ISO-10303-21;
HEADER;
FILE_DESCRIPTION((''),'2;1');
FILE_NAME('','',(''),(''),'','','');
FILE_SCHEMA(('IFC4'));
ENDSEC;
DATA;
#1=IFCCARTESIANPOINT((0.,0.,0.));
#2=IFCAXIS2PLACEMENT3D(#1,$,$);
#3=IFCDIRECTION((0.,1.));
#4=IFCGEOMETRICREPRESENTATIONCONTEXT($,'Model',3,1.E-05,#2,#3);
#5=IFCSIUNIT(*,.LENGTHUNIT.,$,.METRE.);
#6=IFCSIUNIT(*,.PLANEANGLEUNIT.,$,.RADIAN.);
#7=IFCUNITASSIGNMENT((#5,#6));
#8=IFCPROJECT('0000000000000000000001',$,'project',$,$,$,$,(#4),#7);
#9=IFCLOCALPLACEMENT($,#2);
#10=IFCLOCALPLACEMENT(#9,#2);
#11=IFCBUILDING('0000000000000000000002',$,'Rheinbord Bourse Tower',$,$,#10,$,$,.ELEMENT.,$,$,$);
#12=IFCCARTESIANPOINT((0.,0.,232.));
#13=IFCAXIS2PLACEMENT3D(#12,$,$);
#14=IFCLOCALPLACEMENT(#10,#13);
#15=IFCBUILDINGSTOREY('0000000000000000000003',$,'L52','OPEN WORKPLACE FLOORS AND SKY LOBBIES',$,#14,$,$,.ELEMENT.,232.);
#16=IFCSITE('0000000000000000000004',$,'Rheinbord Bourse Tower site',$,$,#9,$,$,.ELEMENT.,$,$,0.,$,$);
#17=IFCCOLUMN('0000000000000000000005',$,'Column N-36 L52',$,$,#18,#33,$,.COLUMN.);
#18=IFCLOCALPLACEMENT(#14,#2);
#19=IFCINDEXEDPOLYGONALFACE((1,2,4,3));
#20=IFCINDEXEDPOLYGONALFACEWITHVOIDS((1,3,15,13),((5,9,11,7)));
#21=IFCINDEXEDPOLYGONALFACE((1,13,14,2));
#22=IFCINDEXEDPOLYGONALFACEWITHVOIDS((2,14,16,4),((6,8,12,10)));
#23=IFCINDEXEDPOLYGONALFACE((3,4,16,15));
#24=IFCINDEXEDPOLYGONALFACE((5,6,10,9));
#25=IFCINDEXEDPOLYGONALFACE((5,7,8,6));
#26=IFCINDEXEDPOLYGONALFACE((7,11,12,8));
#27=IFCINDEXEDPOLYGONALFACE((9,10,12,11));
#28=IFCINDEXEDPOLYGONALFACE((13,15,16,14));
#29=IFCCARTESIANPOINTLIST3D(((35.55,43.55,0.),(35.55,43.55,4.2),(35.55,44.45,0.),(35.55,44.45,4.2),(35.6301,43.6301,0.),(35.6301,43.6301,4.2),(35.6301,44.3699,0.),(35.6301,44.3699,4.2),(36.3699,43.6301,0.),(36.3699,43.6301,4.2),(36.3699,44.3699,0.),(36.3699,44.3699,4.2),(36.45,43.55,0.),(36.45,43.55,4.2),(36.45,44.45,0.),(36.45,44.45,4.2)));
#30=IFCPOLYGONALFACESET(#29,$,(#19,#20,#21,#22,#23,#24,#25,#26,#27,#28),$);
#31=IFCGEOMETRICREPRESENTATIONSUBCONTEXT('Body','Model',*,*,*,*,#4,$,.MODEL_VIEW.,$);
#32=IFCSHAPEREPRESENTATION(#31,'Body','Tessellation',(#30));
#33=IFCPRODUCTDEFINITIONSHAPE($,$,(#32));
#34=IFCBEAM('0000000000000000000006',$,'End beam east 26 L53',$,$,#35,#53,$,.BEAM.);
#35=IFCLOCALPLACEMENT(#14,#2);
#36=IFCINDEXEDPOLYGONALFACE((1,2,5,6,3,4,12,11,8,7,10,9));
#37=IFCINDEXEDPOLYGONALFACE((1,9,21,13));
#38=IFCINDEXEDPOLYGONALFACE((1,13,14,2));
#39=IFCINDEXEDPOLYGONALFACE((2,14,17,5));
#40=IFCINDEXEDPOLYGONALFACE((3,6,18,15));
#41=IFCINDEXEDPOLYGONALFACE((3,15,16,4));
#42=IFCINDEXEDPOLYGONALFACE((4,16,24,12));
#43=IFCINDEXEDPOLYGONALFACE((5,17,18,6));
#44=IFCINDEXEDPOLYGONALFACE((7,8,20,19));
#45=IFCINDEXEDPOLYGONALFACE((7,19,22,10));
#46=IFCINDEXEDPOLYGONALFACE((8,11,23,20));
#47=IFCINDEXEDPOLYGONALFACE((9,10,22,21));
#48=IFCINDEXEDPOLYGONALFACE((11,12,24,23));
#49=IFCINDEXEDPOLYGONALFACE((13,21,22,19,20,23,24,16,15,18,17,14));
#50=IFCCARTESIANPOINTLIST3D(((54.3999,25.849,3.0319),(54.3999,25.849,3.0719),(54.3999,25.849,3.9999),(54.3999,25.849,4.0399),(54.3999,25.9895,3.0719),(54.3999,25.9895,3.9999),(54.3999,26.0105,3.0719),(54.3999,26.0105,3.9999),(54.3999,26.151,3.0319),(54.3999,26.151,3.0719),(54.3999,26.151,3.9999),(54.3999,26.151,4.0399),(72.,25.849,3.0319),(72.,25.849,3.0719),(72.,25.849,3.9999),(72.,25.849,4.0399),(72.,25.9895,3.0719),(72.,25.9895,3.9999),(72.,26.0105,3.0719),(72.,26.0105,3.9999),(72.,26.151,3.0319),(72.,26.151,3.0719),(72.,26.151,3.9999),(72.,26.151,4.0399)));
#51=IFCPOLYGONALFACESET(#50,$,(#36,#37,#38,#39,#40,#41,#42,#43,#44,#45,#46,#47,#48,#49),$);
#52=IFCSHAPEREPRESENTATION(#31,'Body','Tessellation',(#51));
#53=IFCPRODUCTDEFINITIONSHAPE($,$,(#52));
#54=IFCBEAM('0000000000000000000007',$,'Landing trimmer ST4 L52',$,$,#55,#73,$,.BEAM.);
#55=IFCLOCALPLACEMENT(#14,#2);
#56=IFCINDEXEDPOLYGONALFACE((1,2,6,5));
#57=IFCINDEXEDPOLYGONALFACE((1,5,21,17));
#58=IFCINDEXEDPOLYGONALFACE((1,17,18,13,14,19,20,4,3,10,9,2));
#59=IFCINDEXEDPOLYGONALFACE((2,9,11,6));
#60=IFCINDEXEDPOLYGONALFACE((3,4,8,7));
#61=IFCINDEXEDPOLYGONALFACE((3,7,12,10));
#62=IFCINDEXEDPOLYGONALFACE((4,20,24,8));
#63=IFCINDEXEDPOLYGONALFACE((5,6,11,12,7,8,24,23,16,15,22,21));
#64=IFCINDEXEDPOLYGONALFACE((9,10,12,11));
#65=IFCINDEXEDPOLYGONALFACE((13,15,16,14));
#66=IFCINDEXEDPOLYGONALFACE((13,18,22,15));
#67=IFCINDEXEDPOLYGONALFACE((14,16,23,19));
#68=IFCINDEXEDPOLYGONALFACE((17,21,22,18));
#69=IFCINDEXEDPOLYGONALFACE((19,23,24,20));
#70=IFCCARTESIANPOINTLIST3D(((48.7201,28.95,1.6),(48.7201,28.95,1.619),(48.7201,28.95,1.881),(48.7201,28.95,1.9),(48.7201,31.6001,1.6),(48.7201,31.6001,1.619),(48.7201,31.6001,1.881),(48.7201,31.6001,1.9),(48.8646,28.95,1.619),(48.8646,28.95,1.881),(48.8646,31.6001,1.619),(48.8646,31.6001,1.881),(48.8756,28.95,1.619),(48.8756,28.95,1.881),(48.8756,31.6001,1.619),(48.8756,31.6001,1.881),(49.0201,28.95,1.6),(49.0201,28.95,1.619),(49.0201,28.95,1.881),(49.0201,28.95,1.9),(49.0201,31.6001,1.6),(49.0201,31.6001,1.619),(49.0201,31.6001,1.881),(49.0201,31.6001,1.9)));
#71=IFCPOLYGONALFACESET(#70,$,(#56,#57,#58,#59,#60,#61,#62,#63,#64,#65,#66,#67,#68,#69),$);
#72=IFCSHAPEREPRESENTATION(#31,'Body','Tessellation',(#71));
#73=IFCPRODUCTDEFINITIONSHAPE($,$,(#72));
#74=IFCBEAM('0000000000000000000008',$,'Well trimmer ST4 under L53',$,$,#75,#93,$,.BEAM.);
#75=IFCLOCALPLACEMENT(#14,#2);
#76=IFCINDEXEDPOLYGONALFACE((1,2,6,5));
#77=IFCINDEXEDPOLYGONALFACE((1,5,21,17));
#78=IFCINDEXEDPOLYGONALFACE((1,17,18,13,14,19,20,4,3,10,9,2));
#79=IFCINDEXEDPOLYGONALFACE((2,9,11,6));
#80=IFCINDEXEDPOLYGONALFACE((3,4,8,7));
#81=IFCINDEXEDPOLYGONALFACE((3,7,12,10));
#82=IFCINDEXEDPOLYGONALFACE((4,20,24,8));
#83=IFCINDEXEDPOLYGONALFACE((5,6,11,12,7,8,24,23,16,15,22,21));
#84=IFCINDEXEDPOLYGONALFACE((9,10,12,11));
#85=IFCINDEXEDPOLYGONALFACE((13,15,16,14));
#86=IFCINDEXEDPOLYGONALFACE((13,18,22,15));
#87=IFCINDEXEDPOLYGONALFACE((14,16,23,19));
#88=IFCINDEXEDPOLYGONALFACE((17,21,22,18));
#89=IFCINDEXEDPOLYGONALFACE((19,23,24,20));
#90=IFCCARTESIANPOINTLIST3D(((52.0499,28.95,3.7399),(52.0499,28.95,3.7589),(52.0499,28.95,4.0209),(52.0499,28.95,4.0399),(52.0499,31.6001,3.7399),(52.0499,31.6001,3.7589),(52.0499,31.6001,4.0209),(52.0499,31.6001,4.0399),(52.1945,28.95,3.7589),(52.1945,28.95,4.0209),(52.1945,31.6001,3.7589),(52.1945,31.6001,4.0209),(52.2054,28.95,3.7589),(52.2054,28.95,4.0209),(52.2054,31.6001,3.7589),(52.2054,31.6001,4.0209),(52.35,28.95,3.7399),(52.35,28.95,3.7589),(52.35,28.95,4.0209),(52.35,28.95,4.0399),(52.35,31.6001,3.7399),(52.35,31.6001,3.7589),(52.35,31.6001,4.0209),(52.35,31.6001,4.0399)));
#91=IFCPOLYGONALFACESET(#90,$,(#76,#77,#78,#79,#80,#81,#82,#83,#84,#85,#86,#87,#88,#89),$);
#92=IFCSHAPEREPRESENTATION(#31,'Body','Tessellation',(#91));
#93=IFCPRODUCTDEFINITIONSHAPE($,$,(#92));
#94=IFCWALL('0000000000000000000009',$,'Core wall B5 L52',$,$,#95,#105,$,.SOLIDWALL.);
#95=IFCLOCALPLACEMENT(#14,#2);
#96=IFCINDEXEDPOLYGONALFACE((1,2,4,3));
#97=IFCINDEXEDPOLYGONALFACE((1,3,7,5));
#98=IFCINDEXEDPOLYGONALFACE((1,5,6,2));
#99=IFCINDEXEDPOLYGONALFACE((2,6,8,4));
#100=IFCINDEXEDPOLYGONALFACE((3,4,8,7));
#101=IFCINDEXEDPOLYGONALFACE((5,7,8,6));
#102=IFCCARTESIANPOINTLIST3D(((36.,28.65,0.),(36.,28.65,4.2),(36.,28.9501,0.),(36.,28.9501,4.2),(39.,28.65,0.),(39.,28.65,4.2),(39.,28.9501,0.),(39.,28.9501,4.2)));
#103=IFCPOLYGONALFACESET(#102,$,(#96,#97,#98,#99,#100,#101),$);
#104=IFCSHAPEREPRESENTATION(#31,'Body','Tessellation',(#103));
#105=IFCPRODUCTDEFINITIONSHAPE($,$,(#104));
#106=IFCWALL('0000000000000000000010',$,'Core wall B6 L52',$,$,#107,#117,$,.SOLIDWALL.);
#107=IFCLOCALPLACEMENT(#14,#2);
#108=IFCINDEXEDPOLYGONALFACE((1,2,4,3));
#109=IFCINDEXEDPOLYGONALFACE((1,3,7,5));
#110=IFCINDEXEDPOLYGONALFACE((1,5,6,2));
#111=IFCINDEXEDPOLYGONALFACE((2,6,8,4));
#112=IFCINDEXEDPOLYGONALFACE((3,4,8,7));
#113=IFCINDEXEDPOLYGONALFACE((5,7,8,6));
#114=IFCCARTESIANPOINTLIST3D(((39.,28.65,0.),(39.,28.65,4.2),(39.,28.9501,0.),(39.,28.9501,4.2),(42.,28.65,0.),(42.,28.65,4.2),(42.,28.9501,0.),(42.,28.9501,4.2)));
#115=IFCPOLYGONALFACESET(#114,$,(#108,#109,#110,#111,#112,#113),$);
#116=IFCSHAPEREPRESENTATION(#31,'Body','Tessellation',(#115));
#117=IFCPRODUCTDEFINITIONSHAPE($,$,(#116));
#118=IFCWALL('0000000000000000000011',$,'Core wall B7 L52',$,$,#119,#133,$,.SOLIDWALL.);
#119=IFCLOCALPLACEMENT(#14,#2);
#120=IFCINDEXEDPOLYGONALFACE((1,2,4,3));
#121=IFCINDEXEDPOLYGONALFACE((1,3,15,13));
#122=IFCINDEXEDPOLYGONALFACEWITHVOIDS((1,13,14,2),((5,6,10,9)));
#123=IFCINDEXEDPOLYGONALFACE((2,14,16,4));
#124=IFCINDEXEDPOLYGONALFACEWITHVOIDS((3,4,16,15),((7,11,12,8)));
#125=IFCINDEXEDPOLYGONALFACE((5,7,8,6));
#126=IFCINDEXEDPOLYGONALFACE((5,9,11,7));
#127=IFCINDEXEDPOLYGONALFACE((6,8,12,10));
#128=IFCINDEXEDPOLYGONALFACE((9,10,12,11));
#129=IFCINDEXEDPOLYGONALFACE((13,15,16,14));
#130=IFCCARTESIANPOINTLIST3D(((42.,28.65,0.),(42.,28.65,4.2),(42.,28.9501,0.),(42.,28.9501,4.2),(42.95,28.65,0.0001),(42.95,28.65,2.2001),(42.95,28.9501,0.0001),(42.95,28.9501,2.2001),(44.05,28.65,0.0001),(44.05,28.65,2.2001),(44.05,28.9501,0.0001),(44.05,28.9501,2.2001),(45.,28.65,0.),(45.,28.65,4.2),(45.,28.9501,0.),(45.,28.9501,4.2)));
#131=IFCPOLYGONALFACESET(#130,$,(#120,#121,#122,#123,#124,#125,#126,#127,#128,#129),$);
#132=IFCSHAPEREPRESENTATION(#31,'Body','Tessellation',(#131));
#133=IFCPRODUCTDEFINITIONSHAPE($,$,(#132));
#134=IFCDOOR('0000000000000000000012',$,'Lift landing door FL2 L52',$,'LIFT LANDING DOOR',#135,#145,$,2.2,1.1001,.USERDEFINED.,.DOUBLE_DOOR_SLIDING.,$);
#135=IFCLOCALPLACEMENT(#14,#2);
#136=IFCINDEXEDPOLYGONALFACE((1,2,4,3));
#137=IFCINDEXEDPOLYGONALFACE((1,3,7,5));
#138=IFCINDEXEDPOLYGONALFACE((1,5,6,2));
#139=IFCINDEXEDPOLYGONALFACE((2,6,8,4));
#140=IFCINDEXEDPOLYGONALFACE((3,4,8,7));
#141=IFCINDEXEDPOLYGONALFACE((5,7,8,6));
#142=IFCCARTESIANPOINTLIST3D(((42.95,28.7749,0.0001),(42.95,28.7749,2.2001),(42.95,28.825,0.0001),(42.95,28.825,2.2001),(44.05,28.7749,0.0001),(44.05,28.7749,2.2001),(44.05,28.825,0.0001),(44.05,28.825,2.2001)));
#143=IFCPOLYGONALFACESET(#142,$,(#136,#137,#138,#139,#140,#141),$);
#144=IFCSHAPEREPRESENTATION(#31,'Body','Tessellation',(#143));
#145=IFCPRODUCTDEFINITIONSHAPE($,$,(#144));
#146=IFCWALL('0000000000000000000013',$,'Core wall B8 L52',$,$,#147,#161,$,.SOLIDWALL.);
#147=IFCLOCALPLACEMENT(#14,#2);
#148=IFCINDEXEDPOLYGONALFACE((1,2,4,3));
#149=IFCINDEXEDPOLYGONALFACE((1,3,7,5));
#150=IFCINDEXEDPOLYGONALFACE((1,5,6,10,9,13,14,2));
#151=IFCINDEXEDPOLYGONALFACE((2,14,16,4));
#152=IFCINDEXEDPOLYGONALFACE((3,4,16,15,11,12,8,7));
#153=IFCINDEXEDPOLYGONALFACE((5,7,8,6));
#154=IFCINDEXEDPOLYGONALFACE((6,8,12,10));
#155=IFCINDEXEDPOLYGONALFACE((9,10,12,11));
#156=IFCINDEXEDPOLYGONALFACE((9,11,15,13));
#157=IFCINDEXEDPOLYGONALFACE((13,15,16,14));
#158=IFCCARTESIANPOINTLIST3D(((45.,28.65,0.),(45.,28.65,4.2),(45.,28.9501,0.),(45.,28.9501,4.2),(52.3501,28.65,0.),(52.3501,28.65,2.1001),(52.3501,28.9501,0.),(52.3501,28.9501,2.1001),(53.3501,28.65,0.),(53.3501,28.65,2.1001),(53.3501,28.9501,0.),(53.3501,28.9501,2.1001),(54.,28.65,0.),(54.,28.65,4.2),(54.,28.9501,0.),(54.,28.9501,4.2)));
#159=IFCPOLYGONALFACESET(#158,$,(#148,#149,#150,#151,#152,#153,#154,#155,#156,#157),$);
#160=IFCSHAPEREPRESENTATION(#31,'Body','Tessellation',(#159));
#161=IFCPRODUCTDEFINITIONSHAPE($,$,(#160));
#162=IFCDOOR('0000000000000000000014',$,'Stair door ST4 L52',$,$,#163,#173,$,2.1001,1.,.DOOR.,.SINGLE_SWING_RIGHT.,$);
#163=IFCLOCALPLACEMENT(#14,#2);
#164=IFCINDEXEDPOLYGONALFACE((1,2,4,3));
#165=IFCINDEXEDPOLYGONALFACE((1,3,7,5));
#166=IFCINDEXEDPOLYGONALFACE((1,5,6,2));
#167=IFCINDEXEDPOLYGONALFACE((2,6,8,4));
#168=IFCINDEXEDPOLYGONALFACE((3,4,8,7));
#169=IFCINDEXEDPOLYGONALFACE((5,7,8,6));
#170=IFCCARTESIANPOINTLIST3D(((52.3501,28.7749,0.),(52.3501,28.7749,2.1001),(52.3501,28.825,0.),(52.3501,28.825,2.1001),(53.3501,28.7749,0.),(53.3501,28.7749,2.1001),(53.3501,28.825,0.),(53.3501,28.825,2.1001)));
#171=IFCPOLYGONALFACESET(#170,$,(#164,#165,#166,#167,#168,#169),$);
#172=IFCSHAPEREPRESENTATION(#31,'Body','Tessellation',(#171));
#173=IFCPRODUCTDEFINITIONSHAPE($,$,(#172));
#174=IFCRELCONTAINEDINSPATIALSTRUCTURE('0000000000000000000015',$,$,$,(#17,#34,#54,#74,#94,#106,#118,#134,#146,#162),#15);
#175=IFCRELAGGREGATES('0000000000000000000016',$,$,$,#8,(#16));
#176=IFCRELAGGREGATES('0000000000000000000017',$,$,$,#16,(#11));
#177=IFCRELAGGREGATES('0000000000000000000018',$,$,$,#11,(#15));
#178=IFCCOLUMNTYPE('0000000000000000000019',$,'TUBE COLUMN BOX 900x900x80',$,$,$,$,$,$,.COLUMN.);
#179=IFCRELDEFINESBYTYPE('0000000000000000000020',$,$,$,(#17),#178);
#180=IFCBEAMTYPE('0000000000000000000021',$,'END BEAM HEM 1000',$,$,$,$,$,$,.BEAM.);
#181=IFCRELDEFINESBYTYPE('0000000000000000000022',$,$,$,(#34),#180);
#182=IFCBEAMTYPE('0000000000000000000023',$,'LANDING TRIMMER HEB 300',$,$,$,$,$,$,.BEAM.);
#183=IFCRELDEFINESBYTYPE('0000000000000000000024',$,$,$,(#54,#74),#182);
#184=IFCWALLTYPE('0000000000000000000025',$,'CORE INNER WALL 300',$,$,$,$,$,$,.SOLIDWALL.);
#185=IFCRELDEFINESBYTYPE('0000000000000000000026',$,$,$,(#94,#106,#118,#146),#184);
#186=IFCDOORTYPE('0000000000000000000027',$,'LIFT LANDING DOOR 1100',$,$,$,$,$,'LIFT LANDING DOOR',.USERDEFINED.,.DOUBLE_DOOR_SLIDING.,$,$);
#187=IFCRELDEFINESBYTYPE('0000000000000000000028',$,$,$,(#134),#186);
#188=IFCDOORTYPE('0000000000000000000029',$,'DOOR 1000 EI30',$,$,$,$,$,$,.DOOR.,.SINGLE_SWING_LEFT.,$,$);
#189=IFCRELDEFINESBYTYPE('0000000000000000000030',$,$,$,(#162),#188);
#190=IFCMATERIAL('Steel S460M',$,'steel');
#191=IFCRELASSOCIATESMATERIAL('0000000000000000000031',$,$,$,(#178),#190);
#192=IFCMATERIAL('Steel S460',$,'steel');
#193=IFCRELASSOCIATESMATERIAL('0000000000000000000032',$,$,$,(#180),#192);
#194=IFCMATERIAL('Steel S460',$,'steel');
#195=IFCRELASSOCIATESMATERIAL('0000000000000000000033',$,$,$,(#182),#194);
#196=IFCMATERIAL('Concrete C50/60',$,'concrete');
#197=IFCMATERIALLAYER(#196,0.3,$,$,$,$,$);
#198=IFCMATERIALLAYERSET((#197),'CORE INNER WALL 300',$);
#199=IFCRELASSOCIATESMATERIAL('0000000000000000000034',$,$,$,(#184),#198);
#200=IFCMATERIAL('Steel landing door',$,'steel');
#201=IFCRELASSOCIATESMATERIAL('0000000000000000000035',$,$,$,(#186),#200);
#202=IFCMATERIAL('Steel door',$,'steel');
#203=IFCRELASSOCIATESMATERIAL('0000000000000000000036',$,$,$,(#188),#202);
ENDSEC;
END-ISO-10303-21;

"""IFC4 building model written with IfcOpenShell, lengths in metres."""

from ifc_helpers import new_model, si_unit, direction, frame, frame_2d, origin, origin_2d, place, context, subcontext, project, spatial, rectangle, hollow_rectangle, i_section, extrude, material, layer, layer_set, material_profile, profile_set, type_object, element, fill, save


model = new_model("IFC4")

# Units and contexts
model_context = context("Model", 3, precision=1e-05, world=origin(), true_north=direction((0.0, 1.0)))
body_context = subcontext(model_context, "Body", "Model", "MODEL_VIEW")
ifc_project = project(units=[si_unit("LENGTHUNIT", "METRE"), si_unit("PLANEANGLEUNIT", "RADIAN")], contexts=[model_context])

# Site, building, storey
site_placement = place(None, origin())
site = spatial("IfcSite", under=ifc_project, at=site_placement, Name="Rheinbord Bourse Tower site", CompositionType="ELEMENT", RefElevation=0.0)
building_placement = place(site_placement, origin())
building = spatial("IfcBuilding", under=site, at=building_placement, Name="Rheinbord Bourse Tower", CompositionType="ELEMENT")
storey_placement = place(building_placement, frame((0.0, 0.0, 232.0)))
storey = spatial("IfcBuildingStorey", under=building, at=storey_placement, Name="L52", Description="OPEN WORKPLACE FLOORS AND SKY LOBBIES", CompositionType="ELEMENT", Elevation=232.0)

# Column
ifc_material_1 = material(Name="Steel S460M", Category="steel")
ifc_material_profile_1 = material_profile(ifc_material_1, hollow_rectangle(XDim=0.8999, YDim=0.8999, WallThickness=0.0801, at=origin_2d()), Name="BOX 900x900x80")
ifc_profile_set_1 = profile_set([ifc_material_profile_1], Name="Steel S460M")
column_type = type_object("IfcColumnType", Name="TUBE COLUMN BOX 900x900x80", PredefinedType="COLUMN", material=ifc_profile_set_1)
column_placement = place(storey_placement, frame((36.0, 44.0, 0.0), z_axis=(0.0, 0.0, 1.0), x_axis=(0.0, 1.0, 0.0)))
element("IfcColumn", 1, at=column_placement, inside=storey, type_object=column_type, Name="Column N-36 L52", PredefinedType="COLUMN", context=body_context, shape_type="SweptSolid", body=[
    extrude(hollow_rectangle(XDim=0.8999, YDim=0.8999, WallThickness=0.0801, at=origin_2d()), origin(), (0.0, 0.0, 1.0), 4.2),
])

# Beams
ifc_material_2 = material(Name="Steel S460", Category="steel")
ifc_material_profile_2 = material_profile(ifc_material_2, i_section(OverallWidth=0.302, OverallDepth=1.0081, WebThickness=0.021, FlangeThickness=0.04, at=origin_2d()), Name="HEM 1000")
ifc_profile_set_2 = profile_set([ifc_material_profile_2], Name="Steel S460")
beam_type_1 = type_object("IfcBeamType", Name="END BEAM HEM 1000", PredefinedType="BEAM", material=ifc_profile_set_2)
beam_placement = place(storey_placement, frame((54.3999, 26.0, 3.5359), z_axis=(1.0, 0.0, 0.0), x_axis=(0.0, 1.0, 0.0)))
element("IfcBeam", 2, at=beam_placement, inside=storey, type_object=beam_type_1, Name="End beam east 26 L53", PredefinedType="BEAM", context=body_context, shape_type="SweptSolid", body=[
    extrude(i_section(OverallWidth=0.302, OverallDepth=1.0081, WebThickness=0.021, FlangeThickness=0.04, at=origin_2d()), origin(), (0.0, 0.0, 1.0), 17.6001),
])
ifc_material_3 = material(Name="Steel S460", Category="steel")
ifc_material_profile_3 = material_profile(ifc_material_3, i_section(OverallWidth=0.3, OverallDepth=0.3, WebThickness=0.011, FlangeThickness=0.019, at=origin_2d()), Name="HEB 300")
ifc_profile_set_3 = profile_set([ifc_material_profile_3], Name="Steel S460")
beam_type_2 = type_object("IfcBeamType", Name="LANDING TRIMMER HEB 300", PredefinedType="BEAM", material=ifc_profile_set_3)
for number, where, z_axis, x_axis, name in (
    (3, (48.8701, 28.95, 1.75), (0.0, 1.0, 0.0), (-1.0, 0.0, 0.0), "Landing trimmer ST4 L52"),
    (4, (52.2, 28.95, 3.8899), (0.0, 1.0, 0.0), (-1.0, 0.0, 0.0), "Well trimmer ST4 under L53"),
):
    element("IfcBeam", number, at=place(storey_placement, frame(where, z_axis=z_axis, x_axis=x_axis)), inside=storey, type_object=beam_type_2, Name=name, PredefinedType="BEAM", context=body_context, shape_type="SweptSolid", body=[
        extrude(i_section(OverallWidth=0.3, OverallDepth=0.3, WebThickness=0.011, FlangeThickness=0.019, at=origin_2d()), origin(), (0.0, 0.0, 1.0), 2.6501),
    ])

# Walls
ifc_material_4 = material(Name="Concrete C50/60", Category="concrete")
ifc_layer_1 = layer(ifc_material_4, 0.3)
ifc_layer_set_1 = layer_set([ifc_layer_1], Name="CORE INNER WALL 300")
wall_type_1 = type_object("IfcWallType", Name="CORE INNER WALL 300", PredefinedType="SOLIDWALL", material=ifc_layer_set_1)
for number, where, z_axis, x_axis, name in (
    (5, (36.0, 28.8, 0.0), (0.0, 0.0, 1.0), (1.0, 0.0, 0.0), "Core wall B5 L52"),
    (6, (39.0, 28.8, 0.0), (0.0, 0.0, 1.0), (1.0, 0.0, 0.0), "Core wall B6 L52"),
):
    element("IfcWall", number, at=place(storey_placement, frame(where, z_axis=z_axis, x_axis=x_axis)), inside=storey, type_object=wall_type_1, Name=name, PredefinedType="SOLIDWALL", context=body_context, shape_type="SweptSolid", body=[
        extrude(rectangle(XDim=3.0, YDim=0.3, at=frame_2d((1.5, 0.0))), origin(), (0.0, 0.0, 1.0), 4.2),
    ])

# Walls, openings, doors
wall_1_placement = place(storey_placement, frame((42.0, 28.8, 0.0), z_axis=(0.0, 0.0, 1.0), x_axis=(1.0, 0.0, 0.0)))
wall_1 = element("IfcWall", 7, at=wall_1_placement, inside=storey, type_object=wall_type_1, Name="Core wall B7 L52", PredefinedType="SOLIDWALL", context=body_context, shape_type="SweptSolid", body=[
    extrude(rectangle(XDim=3.0, YDim=0.3, at=frame_2d((1.5, 0.0))), origin(), (0.0, 0.0, 1.0), 4.2),
])
opening_1_placement = place(wall_1_placement, frame((0.95, 0.0, 0.0)))
opening_1 = element("IfcOpeningElement", 8, at=opening_1_placement, cuts=wall_1, PredefinedType="OPENING", context=body_context, shape_type="SweptSolid", body=[
    extrude(rectangle(XDim=1.1001, YDim=2.2, at=frame_2d((0.55, 1.1001))), frame((0.0, 0.1599, 0.0), z_axis=(0.0, -1.0, 0.0), x_axis=(1.0, 0.0, 0.0)), (0.0, 0.0, 1.0), 0.3201),
])
ifc_material_5 = material(Name="Steel landing door", Category="steel")
door_type_1 = type_object("IfcDoorType", Name="LIFT LANDING DOOR 1100", ElementType="LIFT LANDING DOOR", OperationType="DOUBLE_DOOR_SLIDING", PredefinedType="USERDEFINED", material=ifc_material_5)
door_1_placement = place(opening_1_placement, origin())
door_1 = element("IfcDoor", 9, at=door_1_placement, inside=storey, type_object=door_type_1, Name="Lift landing door FL2 L52", ObjectType="LIFT LANDING DOOR", OperationType="DOUBLE_DOOR_SLIDING", OverallHeight=2.2, OverallWidth=1.1001, PredefinedType="USERDEFINED", context=body_context, shape_type="SweptSolid", body=[
    extrude(rectangle(XDim=1.1001, YDim=2.2, at=frame_2d((0.55, 1.1001))), frame((0.0, 0.0249, 0.0), z_axis=(0.0, -1.0, 0.0), x_axis=(1.0, 0.0, 0.0)), (0.0, 0.0, 1.0), 0.05),
])
fill(opening_1, door_1)
wall_2_placement = place(storey_placement, frame((45.0, 28.8, 0.0), z_axis=(0.0, 0.0, 1.0), x_axis=(1.0, 0.0, 0.0)))
wall_2 = element("IfcWall", 10, at=wall_2_placement, inside=storey, type_object=wall_type_1, Name="Core wall B8 L52", PredefinedType="SOLIDWALL", context=body_context, shape_type="SweptSolid", body=[
    extrude(rectangle(XDim=9.0, YDim=0.3, at=frame_2d((4.5, 0.0))), origin(), (0.0, 0.0, 1.0), 4.2),
])
opening_2_placement = place(wall_2_placement, frame((7.3501, 0.0, 0.0)))
opening_2 = element("IfcOpeningElement", 11, at=opening_2_placement, cuts=wall_2, PredefinedType="OPENING", context=body_context, shape_type="SweptSolid", body=[
    extrude(rectangle(XDim=1.0, YDim=2.1001, at=frame_2d((0.5, 1.05))), frame((0.0, 0.1599, 0.0), z_axis=(0.0, -1.0, 0.0), x_axis=(1.0, 0.0, 0.0)), (0.0, 0.0, 1.0), 0.3201),
])
ifc_material_6 = material(Name="Steel door", Category="steel")
door_type_2 = type_object("IfcDoorType", Name="DOOR 1000 EI30", OperationType="SINGLE_SWING_LEFT", PredefinedType="DOOR", material=ifc_material_6)
door_2_placement = place(opening_2_placement, origin())
door_2 = element("IfcDoor", 12, at=door_2_placement, inside=storey, type_object=door_type_2, Name="Stair door ST4 L52", OperationType="SINGLE_SWING_RIGHT", OverallHeight=2.1001, OverallWidth=1.0, PredefinedType="DOOR", context=body_context, shape_type="SweptSolid", body=[
    extrude(rectangle(XDim=1.0, YDim=2.1001, at=frame_2d((0.5, 1.05))), frame((0.0, 0.0249, 0.0), z_axis=(0.0, -1.0, 0.0), x_axis=(1.0, 0.0, 0.0)), (0.0, 0.0, 1.0), 0.05),
])
fill(opening_2, door_2)

save(model, "model.ifc")
